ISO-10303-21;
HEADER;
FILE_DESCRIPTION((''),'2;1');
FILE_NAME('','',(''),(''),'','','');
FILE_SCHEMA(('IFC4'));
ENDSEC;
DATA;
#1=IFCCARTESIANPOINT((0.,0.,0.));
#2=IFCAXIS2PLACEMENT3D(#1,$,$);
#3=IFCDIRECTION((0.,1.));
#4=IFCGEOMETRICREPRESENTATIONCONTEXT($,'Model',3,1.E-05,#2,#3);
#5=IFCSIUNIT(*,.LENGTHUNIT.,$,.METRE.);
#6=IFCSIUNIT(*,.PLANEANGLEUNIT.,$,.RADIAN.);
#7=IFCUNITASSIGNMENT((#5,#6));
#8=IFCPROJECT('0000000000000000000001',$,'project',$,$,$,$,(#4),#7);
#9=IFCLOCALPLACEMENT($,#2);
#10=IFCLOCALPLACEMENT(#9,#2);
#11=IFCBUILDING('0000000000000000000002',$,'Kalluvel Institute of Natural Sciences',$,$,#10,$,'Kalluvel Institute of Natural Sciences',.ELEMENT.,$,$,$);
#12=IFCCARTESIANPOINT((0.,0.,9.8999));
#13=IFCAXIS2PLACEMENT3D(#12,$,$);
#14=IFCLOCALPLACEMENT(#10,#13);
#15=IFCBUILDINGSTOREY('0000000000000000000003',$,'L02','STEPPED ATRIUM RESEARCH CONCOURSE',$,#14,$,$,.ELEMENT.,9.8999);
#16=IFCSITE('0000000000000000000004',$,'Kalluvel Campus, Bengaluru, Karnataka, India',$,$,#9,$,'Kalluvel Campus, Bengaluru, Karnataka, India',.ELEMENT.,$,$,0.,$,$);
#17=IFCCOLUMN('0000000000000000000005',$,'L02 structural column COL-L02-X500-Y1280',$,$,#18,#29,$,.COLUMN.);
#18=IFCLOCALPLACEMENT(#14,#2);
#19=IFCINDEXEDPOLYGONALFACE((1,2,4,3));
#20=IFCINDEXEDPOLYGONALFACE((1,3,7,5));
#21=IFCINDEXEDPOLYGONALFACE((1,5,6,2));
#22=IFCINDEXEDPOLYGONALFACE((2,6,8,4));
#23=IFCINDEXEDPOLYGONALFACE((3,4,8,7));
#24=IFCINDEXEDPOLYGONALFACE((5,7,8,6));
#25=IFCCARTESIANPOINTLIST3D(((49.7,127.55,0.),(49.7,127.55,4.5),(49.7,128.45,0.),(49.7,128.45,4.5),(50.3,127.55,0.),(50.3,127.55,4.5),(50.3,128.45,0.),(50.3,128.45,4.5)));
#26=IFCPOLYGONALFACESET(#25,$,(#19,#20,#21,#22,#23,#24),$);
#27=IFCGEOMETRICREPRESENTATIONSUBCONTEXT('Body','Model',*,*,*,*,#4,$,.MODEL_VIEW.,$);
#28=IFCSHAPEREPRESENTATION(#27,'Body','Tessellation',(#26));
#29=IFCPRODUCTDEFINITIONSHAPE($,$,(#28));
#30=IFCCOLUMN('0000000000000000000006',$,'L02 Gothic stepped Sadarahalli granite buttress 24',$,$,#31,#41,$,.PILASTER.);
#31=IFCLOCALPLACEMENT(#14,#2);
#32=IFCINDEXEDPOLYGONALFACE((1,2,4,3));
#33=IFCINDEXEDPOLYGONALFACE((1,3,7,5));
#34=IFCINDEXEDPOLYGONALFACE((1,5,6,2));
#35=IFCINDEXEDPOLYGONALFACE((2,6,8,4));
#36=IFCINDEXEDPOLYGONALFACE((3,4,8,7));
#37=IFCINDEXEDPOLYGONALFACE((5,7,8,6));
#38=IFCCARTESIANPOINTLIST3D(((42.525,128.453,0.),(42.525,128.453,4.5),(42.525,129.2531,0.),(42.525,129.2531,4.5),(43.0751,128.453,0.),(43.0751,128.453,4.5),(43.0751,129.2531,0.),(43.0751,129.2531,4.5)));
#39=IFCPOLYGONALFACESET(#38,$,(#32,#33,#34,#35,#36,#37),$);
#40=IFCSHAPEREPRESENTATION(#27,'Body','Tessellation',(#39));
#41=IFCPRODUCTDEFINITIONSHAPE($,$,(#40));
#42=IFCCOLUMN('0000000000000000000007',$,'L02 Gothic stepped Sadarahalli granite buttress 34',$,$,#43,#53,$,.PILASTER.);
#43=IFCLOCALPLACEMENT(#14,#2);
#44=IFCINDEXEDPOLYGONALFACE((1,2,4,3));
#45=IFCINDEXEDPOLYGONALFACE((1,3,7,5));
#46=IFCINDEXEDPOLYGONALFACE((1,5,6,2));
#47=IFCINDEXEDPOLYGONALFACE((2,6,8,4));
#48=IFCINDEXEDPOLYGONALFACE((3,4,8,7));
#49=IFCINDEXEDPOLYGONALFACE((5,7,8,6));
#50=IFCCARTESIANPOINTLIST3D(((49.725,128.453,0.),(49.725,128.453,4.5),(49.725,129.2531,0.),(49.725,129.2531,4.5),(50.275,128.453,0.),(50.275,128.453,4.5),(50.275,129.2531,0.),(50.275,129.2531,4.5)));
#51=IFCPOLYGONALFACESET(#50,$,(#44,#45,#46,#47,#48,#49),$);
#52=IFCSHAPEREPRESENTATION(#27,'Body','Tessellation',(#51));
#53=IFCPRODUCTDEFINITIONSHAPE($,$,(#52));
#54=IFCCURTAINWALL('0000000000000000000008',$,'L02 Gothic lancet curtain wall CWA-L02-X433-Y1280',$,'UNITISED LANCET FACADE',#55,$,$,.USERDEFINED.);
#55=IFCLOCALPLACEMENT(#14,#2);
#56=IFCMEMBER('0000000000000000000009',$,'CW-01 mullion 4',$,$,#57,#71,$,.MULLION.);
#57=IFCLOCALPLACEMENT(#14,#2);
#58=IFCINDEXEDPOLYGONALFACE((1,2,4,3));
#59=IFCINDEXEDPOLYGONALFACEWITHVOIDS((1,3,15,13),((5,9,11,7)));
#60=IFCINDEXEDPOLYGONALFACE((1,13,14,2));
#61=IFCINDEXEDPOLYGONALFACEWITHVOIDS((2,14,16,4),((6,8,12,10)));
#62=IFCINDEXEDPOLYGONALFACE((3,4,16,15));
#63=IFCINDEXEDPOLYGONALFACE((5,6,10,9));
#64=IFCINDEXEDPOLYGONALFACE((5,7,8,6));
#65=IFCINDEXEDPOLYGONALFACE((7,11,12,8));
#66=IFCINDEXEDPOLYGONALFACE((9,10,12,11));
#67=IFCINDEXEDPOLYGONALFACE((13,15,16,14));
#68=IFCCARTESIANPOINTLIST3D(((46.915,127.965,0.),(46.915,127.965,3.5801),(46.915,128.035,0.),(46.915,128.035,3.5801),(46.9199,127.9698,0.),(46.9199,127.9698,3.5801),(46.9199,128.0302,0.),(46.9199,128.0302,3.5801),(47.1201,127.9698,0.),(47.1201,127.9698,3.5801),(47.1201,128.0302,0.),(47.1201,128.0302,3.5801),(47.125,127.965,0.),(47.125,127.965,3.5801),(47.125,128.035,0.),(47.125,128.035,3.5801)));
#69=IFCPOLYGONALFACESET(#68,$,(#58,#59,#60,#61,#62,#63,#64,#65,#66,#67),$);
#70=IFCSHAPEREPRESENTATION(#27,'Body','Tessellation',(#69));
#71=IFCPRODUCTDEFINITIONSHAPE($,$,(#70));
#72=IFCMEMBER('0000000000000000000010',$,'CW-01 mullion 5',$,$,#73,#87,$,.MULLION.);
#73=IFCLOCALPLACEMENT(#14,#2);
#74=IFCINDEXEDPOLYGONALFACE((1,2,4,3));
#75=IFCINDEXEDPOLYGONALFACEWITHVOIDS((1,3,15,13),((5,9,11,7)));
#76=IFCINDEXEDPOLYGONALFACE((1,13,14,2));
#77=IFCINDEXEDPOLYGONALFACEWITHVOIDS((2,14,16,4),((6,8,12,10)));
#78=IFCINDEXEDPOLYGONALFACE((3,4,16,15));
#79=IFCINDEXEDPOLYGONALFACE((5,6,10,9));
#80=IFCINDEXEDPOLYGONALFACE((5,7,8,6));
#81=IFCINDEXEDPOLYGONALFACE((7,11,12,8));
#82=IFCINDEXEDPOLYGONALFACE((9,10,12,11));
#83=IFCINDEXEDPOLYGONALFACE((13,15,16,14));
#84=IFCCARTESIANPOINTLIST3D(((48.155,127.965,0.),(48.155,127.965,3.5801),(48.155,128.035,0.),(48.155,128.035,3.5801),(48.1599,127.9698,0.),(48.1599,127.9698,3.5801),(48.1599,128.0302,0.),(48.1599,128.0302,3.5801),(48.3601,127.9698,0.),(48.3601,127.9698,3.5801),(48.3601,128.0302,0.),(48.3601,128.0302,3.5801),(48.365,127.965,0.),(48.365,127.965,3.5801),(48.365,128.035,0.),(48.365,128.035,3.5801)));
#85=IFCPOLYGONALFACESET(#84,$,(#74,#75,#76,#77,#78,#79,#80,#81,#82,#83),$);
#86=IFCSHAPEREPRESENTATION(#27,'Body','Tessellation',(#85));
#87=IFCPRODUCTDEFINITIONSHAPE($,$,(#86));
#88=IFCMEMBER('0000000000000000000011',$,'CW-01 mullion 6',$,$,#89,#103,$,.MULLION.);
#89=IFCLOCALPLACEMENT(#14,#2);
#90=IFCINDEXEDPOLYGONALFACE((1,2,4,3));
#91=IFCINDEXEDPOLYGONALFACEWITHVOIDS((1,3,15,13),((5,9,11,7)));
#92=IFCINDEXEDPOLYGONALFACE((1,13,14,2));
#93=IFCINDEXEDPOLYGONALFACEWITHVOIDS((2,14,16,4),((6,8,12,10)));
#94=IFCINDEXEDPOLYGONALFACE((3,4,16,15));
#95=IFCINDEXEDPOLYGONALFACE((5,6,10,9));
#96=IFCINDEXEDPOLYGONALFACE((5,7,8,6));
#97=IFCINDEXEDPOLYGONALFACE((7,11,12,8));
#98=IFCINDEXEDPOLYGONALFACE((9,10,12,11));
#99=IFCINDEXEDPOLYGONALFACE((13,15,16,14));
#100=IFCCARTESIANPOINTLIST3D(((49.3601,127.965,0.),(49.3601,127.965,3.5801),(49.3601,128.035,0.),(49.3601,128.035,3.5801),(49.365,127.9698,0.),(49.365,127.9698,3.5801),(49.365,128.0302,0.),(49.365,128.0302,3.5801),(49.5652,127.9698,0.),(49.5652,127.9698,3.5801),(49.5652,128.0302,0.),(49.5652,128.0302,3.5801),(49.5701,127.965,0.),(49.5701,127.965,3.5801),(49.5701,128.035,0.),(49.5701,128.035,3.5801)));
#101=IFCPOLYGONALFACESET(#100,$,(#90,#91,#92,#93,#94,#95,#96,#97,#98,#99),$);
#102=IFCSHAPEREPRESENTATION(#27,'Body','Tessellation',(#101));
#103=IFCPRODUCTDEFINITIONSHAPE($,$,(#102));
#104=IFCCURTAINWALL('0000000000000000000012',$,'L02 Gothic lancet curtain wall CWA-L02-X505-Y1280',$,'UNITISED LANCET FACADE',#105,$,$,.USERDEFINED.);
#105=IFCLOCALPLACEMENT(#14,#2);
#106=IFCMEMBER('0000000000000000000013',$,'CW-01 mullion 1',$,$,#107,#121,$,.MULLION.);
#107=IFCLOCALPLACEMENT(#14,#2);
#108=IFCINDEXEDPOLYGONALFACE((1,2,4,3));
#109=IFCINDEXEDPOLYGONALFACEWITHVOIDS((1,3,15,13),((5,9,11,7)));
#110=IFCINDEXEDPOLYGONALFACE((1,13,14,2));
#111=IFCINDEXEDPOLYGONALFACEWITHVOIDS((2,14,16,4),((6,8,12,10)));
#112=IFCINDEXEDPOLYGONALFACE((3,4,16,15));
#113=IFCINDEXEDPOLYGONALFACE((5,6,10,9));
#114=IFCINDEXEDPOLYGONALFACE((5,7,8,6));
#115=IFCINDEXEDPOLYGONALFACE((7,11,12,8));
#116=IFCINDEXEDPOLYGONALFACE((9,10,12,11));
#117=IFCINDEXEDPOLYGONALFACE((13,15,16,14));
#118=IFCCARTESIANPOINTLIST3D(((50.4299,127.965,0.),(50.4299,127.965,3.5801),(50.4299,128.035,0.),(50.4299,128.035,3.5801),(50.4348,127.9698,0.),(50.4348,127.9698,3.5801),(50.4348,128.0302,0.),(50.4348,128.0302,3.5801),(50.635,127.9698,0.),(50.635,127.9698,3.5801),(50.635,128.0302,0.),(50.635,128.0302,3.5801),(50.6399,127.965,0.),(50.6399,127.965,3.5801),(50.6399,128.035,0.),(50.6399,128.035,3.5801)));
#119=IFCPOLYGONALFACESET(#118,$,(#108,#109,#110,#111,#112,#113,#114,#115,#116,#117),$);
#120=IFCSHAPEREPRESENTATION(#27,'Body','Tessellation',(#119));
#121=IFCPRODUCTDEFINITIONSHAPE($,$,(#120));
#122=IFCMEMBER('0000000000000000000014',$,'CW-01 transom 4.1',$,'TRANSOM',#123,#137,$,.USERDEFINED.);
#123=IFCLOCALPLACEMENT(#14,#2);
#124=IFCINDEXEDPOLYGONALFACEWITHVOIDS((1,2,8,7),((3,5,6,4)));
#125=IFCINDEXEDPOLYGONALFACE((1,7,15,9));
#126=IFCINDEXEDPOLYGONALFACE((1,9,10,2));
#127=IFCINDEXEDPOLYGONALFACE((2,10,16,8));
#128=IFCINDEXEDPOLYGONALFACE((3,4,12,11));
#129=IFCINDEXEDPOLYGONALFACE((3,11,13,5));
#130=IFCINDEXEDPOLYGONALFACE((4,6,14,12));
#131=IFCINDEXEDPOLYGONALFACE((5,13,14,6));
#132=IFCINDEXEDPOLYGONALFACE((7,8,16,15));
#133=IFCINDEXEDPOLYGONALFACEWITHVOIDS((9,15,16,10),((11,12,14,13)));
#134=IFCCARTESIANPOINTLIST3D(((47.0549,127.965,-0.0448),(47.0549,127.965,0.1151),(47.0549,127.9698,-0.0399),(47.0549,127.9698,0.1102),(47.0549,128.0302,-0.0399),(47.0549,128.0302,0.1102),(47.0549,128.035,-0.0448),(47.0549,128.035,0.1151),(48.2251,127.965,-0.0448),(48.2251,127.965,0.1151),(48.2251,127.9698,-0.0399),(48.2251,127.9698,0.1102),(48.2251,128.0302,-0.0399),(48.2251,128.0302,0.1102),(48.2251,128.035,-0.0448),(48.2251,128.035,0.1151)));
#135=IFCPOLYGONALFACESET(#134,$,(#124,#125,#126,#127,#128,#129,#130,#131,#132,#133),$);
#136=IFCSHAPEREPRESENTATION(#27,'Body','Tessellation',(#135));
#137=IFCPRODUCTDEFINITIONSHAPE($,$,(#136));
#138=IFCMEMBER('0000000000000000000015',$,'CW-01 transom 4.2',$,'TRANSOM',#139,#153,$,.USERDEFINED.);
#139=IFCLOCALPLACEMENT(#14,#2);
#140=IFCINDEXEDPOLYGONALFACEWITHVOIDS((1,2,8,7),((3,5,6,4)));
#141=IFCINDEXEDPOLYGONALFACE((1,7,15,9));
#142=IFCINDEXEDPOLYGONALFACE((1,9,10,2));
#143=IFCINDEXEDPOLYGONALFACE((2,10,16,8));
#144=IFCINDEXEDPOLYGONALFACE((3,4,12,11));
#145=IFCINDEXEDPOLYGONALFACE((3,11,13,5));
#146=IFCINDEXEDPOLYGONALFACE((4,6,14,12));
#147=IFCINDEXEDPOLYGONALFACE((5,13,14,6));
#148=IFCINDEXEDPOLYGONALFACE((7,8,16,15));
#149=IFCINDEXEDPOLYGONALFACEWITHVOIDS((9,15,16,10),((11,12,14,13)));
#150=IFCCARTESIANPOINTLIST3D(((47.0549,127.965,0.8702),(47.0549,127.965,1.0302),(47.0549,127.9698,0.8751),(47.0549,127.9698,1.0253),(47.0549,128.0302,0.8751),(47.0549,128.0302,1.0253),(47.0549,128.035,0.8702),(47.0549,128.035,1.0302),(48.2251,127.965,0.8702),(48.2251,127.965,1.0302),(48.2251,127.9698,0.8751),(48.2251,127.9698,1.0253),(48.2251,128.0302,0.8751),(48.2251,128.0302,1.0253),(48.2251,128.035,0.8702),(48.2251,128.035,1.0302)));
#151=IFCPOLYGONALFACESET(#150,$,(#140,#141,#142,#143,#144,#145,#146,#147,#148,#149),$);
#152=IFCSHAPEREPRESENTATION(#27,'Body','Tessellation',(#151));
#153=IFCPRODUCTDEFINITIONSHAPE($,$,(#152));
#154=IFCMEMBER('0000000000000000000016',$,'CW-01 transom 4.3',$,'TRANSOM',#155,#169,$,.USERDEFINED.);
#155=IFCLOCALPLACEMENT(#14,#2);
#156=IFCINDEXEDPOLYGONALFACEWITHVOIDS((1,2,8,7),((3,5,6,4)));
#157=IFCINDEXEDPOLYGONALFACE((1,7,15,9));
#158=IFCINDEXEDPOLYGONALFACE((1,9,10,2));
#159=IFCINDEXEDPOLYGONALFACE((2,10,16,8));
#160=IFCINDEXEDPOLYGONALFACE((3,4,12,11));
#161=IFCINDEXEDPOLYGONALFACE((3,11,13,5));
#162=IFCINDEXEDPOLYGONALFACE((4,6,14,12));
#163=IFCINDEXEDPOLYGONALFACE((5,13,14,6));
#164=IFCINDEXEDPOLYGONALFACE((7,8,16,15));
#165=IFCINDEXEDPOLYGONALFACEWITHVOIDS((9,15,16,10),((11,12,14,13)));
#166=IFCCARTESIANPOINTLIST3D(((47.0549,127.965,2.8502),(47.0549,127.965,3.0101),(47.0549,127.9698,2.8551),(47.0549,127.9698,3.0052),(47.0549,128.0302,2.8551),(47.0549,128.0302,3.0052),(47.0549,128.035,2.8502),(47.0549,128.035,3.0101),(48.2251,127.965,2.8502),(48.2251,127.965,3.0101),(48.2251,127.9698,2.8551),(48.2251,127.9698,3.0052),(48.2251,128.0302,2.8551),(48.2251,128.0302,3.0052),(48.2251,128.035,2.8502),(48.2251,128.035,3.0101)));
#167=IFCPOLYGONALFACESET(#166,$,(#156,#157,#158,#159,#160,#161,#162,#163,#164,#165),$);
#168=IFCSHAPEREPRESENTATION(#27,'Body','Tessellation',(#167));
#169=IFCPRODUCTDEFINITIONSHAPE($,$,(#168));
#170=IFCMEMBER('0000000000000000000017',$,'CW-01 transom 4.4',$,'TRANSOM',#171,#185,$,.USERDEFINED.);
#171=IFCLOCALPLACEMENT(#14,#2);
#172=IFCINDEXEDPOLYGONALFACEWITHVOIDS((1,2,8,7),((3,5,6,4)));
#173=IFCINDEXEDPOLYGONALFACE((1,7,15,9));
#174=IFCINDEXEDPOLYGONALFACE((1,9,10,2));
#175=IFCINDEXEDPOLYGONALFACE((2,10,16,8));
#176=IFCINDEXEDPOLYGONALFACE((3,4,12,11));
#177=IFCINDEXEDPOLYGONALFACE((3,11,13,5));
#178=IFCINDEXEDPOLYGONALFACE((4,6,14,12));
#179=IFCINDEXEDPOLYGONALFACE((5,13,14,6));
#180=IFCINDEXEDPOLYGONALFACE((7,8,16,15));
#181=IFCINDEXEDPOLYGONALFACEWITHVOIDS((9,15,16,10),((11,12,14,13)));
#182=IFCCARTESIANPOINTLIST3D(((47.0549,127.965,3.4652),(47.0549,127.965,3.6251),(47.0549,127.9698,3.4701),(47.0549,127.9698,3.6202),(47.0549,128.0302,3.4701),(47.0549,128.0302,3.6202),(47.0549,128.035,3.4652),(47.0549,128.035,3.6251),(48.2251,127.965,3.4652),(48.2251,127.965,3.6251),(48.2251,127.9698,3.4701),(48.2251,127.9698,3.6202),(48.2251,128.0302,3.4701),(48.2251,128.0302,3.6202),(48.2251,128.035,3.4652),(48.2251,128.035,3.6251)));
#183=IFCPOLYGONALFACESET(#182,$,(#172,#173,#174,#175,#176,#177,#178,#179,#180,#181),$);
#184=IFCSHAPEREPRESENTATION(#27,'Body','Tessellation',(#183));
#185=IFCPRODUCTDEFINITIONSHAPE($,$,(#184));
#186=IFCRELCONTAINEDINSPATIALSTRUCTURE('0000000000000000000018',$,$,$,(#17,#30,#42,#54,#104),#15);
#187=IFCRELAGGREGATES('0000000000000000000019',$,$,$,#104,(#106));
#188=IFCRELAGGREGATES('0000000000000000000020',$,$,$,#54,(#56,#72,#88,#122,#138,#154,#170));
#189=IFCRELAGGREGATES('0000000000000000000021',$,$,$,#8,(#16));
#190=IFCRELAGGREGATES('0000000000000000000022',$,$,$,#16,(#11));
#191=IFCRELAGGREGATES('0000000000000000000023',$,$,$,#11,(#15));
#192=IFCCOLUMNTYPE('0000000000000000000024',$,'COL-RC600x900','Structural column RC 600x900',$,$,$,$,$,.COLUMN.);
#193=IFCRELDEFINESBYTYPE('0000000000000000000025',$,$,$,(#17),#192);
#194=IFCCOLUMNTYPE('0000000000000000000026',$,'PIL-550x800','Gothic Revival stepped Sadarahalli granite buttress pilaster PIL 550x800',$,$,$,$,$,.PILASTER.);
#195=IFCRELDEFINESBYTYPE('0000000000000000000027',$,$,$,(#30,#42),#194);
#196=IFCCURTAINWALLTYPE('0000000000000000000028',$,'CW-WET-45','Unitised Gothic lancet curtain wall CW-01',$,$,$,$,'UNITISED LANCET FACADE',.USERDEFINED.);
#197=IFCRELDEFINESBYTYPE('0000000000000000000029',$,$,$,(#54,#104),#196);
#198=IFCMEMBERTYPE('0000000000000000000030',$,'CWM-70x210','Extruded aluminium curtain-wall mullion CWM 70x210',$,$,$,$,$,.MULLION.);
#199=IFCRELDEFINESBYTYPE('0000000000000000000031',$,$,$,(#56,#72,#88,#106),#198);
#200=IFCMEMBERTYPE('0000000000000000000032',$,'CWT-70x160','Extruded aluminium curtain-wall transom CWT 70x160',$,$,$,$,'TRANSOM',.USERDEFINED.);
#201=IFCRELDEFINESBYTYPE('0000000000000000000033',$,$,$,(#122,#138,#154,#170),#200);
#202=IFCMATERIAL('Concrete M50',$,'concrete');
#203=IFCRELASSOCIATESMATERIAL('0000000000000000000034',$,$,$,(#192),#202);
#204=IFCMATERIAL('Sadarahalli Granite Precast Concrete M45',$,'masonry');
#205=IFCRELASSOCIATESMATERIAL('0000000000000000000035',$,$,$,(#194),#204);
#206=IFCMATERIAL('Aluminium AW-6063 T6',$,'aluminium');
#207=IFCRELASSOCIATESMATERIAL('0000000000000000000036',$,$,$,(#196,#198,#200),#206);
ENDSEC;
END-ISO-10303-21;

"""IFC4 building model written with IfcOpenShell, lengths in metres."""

from ifc_helpers import new_model, si_unit, direction, frame, origin, origin_2d, place, context, subcontext, project, spatial, rectangle, hollow_rectangle, extrude, material, material_profile, profile_set, type_object, element, aggregate, save


model = new_model("IFC4")

# Units and contexts
model_context = context("Model", 3, precision=1e-05, world=origin(), true_north=direction((0.0, 1.0)))
body_context = subcontext(model_context, "Body", "Model", "MODEL_VIEW")
ifc_project = project(units=[si_unit("LENGTHUNIT", "METRE"), si_unit("PLANEANGLEUNIT", "RADIAN")], contexts=[model_context])

# Site, building, storey
site_placement = place(None, origin())
site = spatial("IfcSite", under=ifc_project, at=site_placement, Name="Kalluvel Campus, Bengaluru, Karnataka, India", LongName="Kalluvel Campus, Bengaluru, Karnataka, India", CompositionType="ELEMENT", RefElevation=0.0)
building_placement = place(site_placement, origin())
building = spatial("IfcBuilding", under=site, at=building_placement, Name="Kalluvel Institute of Natural Sciences", LongName="Kalluvel Institute of Natural Sciences", CompositionType="ELEMENT")
storey_placement = place(building_placement, frame((0.0, 0.0, 9.8999)))
storey = spatial("IfcBuildingStorey", under=building, at=storey_placement, Name="L02", Description="STEPPED ATRIUM RESEARCH CONCOURSE", CompositionType="ELEMENT", Elevation=9.8999)

# Columns
ifc_material_1 = material(Name="Concrete M50", Category="concrete")
ifc_material_profile_1 = material_profile(ifc_material_1, rectangle(XDim=0.6001, YDim=0.8999, at=origin_2d()), Name="RC 600x900")
ifc_profile_set_1 = profile_set([ifc_material_profile_1], Name="Concrete M50")
column_type_1 = type_object("IfcColumnType", Name="COL-RC600x900", Description="Structural column RC 600x900", PredefinedType="COLUMN", material=ifc_profile_set_1)
column_placement = place(storey_placement, frame((50.0, 128.0, 0.0), z_axis=(0.0, 0.0, 1.0), x_axis=(1.0, 0.0, 0.0)))
element("IfcColumn", 1, at=column_placement, inside=storey, type_object=column_type_1, Name="L02 structural column COL-L02-X500-Y1280", PredefinedType="COLUMN", context=body_context, shape_type="SweptSolid", body=[
    extrude(rectangle(XDim=0.6001, YDim=0.8999, at=origin_2d()), origin(), (0.0, 0.0, 1.0), 4.5),
])
ifc_material_2 = material(Name="Sadarahalli Granite Precast Concrete M45", Category="masonry")
ifc_material_profile_2 = material_profile(ifc_material_2, rectangle(XDim=0.55, YDim=0.8, at=origin_2d()), Name="PIL 550x800")
ifc_profile_set_2 = profile_set([ifc_material_profile_2], Name="Sadarahalli Granite Precast Concrete M45")
column_type_2 = type_object("IfcColumnType", Name="PIL-550x800", Description="Gothic Revival stepped Sadarahalli granite buttress pilaster PIL 550x800", PredefinedType="PILASTER", material=ifc_profile_set_2)
for number, where, z_axis, x_axis, name in (
    (2, (42.8, 128.853, 0.0), (0.0, 0.0, 1.0), (1.0, 0.0, 0.0), "L02 Gothic stepped Sadarahalli granite buttress 24"),
    (3, (50.0, 128.853, 0.0), (0.0, 0.0, 1.0), (1.0, 0.0, 0.0), "L02 Gothic stepped Sadarahalli granite buttress 34"),
):
    element("IfcColumn", number, at=place(storey_placement, frame(where, z_axis=z_axis, x_axis=x_axis)), inside=storey, type_object=column_type_2, Name=name, PredefinedType="PILASTER", context=body_context, shape_type="SweptSolid", body=[
        extrude(rectangle(XDim=0.55, YDim=0.8, at=origin_2d()), origin(), (0.0, 0.0, 1.0), 4.5),
    ])

# Curtain wall, members
ifc_material_3 = material(Name="Aluminium AW-6063 T6", Category="aluminium")
curtain_wall_type = type_object("IfcCurtainWallType", Name="CW-WET-45", Description="Unitised Gothic lancet curtain wall CW-01", ElementType="UNITISED LANCET FACADE", PredefinedType="USERDEFINED", material=ifc_material_3)
curtain_wall_1_placement = place(storey_placement, origin())
curtain_wall_1 = element("IfcCurtainWall", 4, at=curtain_wall_1_placement, inside=storey, type_object=curtain_wall_type, Name="L02 Gothic lancet curtain wall CWA-L02-X433-Y1280", ObjectType="UNITISED LANCET FACADE", PredefinedType="USERDEFINED")
ifc_material_profile_3 = material_profile(ifc_material_3, hollow_rectangle(XDim=0.0701, YDim=0.21, WallThickness=0.0049, at=origin_2d()), Name="CWM 70x210")
ifc_profile_set_3 = profile_set([ifc_material_profile_3], Name="Aluminium AW-6063 T6")
member_type_1 = type_object("IfcMemberType", Name="CWM-70x210", Description="Extruded aluminium curtain-wall mullion CWM 70x210", PredefinedType="MULLION", material=ifc_profile_set_3)
member_1_placement = place(storey_placement, frame((47.02, 128.0, 0.0), z_axis=(0.0, 0.0, 1.0), x_axis=(0.0, 1.0, 0.0)))
member_1 = element("IfcMember", 5, at=member_1_placement, type_object=member_type_1, Name="CW-01 mullion 4", PredefinedType="MULLION", context=body_context, shape_type="SweptSolid", body=[
    extrude(hollow_rectangle(XDim=0.0701, YDim=0.21, WallThickness=0.0049, at=origin_2d()), origin(), (0.0, 0.0, 1.0), 3.5801),
])
member_2_placement = place(storey_placement, frame((48.26, 128.0, 0.0), z_axis=(0.0, 0.0, 1.0), x_axis=(0.0, 1.0, 0.0)))
member_2 = element("IfcMember", 6, at=member_2_placement, type_object=member_type_1, Name="CW-01 mullion 5", PredefinedType="MULLION", context=body_context, shape_type="SweptSolid", body=[
    extrude(hollow_rectangle(XDim=0.0701, YDim=0.21, WallThickness=0.0049, at=origin_2d()), origin(), (0.0, 0.0, 1.0), 3.5801),
])
member_3_placement = place(storey_placement, frame((49.4651, 128.0, 0.0), z_axis=(0.0, 0.0, 1.0), x_axis=(0.0, 1.0, 0.0)))
member_3 = element("IfcMember", 7, at=member_3_placement, type_object=member_type_1, Name="CW-01 mullion 6", PredefinedType="MULLION", context=body_context, shape_type="SweptSolid", body=[
    extrude(hollow_rectangle(XDim=0.0701, YDim=0.21, WallThickness=0.0049, at=origin_2d()), origin(), (0.0, 0.0, 1.0), 3.5801),
])

# Curtain wall, member
curtain_wall_2_placement = place(storey_placement, origin())
curtain_wall_2 = element("IfcCurtainWall", 8, at=curtain_wall_2_placement, inside=storey, type_object=curtain_wall_type, Name="L02 Gothic lancet curtain wall CWA-L02-X505-Y1280", ObjectType="UNITISED LANCET FACADE", PredefinedType="USERDEFINED")
member_4_placement = place(storey_placement, frame((50.5349, 128.0, 0.0), z_axis=(0.0, 0.0, 1.0), x_axis=(0.0, 1.0, 0.0)))
member_4 = element("IfcMember", 9, at=member_4_placement, type_object=member_type_1, Name="CW-01 mullion 1", PredefinedType="MULLION", context=body_context, shape_type="SweptSolid", body=[
    extrude(hollow_rectangle(XDim=0.0701, YDim=0.21, WallThickness=0.0049, at=origin_2d()), origin(), (0.0, 0.0, 1.0), 3.5801),
])

# Members
ifc_material_profile_4 = material_profile(ifc_material_3, hollow_rectangle(XDim=0.0701, YDim=0.1599, WallThickness=0.0049, at=origin_2d()), Name="CWT 70x160")
ifc_profile_set_4 = profile_set([ifc_material_profile_4], Name="Aluminium AW-6063 T6")
member_type_2 = type_object("IfcMemberType", Name="CWT-70x160", Description="Extruded aluminium curtain-wall transom CWT 70x160", ElementType="TRANSOM", PredefinedType="USERDEFINED", material=ifc_profile_set_4)
member_5_placement = place(storey_placement, frame((47.0549, 128.0, 0.0352), z_axis=(1.0, 0.0, 0.0), x_axis=(0.0, 1.0, 0.0)))
member_5 = element("IfcMember", 10, at=member_5_placement, type_object=member_type_2, Name="CW-01 transom 4.1", ObjectType="TRANSOM", PredefinedType="USERDEFINED", context=body_context, shape_type="SweptSolid", body=[
    extrude(hollow_rectangle(XDim=0.0701, YDim=0.1599, WallThickness=0.0049, at=origin_2d()), origin(), (0.0, 0.0, 1.0), 1.1702),
])
member_6_placement = place(storey_placement, frame((47.0549, 128.0, 0.9502), z_axis=(1.0, 0.0, 0.0), x_axis=(0.0, 1.0, 0.0)))
member_6 = element("IfcMember", 11, at=member_6_placement, type_object=member_type_2, Name="CW-01 transom 4.2", ObjectType="TRANSOM", PredefinedType="USERDEFINED", context=body_context, shape_type="SweptSolid", body=[
    extrude(hollow_rectangle(XDim=0.0701, YDim=0.1599, WallThickness=0.0049, at=origin_2d()), origin(), (0.0, 0.0, 1.0), 1.1702),
])
member_7_placement = place(storey_placement, frame((47.0549, 128.0, 2.9302), z_axis=(1.0, 0.0, 0.0), x_axis=(0.0, 1.0, 0.0)))
member_7 = element("IfcMember", 12, at=member_7_placement, type_object=member_type_2, Name="CW-01 transom 4.3", ObjectType="TRANSOM", PredefinedType="USERDEFINED", context=body_context, shape_type="SweptSolid", body=[
    extrude(hollow_rectangle(XDim=0.0701, YDim=0.1599, WallThickness=0.0049, at=origin_2d()), origin(), (0.0, 0.0, 1.0), 1.1702),
])
member_8_placement = place(storey_placement, frame((47.0549, 128.0, 3.5452), z_axis=(1.0, 0.0, 0.0), x_axis=(0.0, 1.0, 0.0)))
member_8 = element("IfcMember", 13, at=member_8_placement, type_object=member_type_2, Name="CW-01 transom 4.4", ObjectType="TRANSOM", PredefinedType="USERDEFINED", context=body_context, shape_type="SweptSolid", body=[
    extrude(hollow_rectangle(XDim=0.0701, YDim=0.1599, WallThickness=0.0049, at=origin_2d()), origin(), (0.0, 0.0, 1.0), 1.1702),
])
aggregate(curtain_wall_2, [member_4])

aggregate(curtain_wall_1, [member_1, member_2, member_3, member_5, member_6, member_7, member_8])

save(model, "model.ifc")
